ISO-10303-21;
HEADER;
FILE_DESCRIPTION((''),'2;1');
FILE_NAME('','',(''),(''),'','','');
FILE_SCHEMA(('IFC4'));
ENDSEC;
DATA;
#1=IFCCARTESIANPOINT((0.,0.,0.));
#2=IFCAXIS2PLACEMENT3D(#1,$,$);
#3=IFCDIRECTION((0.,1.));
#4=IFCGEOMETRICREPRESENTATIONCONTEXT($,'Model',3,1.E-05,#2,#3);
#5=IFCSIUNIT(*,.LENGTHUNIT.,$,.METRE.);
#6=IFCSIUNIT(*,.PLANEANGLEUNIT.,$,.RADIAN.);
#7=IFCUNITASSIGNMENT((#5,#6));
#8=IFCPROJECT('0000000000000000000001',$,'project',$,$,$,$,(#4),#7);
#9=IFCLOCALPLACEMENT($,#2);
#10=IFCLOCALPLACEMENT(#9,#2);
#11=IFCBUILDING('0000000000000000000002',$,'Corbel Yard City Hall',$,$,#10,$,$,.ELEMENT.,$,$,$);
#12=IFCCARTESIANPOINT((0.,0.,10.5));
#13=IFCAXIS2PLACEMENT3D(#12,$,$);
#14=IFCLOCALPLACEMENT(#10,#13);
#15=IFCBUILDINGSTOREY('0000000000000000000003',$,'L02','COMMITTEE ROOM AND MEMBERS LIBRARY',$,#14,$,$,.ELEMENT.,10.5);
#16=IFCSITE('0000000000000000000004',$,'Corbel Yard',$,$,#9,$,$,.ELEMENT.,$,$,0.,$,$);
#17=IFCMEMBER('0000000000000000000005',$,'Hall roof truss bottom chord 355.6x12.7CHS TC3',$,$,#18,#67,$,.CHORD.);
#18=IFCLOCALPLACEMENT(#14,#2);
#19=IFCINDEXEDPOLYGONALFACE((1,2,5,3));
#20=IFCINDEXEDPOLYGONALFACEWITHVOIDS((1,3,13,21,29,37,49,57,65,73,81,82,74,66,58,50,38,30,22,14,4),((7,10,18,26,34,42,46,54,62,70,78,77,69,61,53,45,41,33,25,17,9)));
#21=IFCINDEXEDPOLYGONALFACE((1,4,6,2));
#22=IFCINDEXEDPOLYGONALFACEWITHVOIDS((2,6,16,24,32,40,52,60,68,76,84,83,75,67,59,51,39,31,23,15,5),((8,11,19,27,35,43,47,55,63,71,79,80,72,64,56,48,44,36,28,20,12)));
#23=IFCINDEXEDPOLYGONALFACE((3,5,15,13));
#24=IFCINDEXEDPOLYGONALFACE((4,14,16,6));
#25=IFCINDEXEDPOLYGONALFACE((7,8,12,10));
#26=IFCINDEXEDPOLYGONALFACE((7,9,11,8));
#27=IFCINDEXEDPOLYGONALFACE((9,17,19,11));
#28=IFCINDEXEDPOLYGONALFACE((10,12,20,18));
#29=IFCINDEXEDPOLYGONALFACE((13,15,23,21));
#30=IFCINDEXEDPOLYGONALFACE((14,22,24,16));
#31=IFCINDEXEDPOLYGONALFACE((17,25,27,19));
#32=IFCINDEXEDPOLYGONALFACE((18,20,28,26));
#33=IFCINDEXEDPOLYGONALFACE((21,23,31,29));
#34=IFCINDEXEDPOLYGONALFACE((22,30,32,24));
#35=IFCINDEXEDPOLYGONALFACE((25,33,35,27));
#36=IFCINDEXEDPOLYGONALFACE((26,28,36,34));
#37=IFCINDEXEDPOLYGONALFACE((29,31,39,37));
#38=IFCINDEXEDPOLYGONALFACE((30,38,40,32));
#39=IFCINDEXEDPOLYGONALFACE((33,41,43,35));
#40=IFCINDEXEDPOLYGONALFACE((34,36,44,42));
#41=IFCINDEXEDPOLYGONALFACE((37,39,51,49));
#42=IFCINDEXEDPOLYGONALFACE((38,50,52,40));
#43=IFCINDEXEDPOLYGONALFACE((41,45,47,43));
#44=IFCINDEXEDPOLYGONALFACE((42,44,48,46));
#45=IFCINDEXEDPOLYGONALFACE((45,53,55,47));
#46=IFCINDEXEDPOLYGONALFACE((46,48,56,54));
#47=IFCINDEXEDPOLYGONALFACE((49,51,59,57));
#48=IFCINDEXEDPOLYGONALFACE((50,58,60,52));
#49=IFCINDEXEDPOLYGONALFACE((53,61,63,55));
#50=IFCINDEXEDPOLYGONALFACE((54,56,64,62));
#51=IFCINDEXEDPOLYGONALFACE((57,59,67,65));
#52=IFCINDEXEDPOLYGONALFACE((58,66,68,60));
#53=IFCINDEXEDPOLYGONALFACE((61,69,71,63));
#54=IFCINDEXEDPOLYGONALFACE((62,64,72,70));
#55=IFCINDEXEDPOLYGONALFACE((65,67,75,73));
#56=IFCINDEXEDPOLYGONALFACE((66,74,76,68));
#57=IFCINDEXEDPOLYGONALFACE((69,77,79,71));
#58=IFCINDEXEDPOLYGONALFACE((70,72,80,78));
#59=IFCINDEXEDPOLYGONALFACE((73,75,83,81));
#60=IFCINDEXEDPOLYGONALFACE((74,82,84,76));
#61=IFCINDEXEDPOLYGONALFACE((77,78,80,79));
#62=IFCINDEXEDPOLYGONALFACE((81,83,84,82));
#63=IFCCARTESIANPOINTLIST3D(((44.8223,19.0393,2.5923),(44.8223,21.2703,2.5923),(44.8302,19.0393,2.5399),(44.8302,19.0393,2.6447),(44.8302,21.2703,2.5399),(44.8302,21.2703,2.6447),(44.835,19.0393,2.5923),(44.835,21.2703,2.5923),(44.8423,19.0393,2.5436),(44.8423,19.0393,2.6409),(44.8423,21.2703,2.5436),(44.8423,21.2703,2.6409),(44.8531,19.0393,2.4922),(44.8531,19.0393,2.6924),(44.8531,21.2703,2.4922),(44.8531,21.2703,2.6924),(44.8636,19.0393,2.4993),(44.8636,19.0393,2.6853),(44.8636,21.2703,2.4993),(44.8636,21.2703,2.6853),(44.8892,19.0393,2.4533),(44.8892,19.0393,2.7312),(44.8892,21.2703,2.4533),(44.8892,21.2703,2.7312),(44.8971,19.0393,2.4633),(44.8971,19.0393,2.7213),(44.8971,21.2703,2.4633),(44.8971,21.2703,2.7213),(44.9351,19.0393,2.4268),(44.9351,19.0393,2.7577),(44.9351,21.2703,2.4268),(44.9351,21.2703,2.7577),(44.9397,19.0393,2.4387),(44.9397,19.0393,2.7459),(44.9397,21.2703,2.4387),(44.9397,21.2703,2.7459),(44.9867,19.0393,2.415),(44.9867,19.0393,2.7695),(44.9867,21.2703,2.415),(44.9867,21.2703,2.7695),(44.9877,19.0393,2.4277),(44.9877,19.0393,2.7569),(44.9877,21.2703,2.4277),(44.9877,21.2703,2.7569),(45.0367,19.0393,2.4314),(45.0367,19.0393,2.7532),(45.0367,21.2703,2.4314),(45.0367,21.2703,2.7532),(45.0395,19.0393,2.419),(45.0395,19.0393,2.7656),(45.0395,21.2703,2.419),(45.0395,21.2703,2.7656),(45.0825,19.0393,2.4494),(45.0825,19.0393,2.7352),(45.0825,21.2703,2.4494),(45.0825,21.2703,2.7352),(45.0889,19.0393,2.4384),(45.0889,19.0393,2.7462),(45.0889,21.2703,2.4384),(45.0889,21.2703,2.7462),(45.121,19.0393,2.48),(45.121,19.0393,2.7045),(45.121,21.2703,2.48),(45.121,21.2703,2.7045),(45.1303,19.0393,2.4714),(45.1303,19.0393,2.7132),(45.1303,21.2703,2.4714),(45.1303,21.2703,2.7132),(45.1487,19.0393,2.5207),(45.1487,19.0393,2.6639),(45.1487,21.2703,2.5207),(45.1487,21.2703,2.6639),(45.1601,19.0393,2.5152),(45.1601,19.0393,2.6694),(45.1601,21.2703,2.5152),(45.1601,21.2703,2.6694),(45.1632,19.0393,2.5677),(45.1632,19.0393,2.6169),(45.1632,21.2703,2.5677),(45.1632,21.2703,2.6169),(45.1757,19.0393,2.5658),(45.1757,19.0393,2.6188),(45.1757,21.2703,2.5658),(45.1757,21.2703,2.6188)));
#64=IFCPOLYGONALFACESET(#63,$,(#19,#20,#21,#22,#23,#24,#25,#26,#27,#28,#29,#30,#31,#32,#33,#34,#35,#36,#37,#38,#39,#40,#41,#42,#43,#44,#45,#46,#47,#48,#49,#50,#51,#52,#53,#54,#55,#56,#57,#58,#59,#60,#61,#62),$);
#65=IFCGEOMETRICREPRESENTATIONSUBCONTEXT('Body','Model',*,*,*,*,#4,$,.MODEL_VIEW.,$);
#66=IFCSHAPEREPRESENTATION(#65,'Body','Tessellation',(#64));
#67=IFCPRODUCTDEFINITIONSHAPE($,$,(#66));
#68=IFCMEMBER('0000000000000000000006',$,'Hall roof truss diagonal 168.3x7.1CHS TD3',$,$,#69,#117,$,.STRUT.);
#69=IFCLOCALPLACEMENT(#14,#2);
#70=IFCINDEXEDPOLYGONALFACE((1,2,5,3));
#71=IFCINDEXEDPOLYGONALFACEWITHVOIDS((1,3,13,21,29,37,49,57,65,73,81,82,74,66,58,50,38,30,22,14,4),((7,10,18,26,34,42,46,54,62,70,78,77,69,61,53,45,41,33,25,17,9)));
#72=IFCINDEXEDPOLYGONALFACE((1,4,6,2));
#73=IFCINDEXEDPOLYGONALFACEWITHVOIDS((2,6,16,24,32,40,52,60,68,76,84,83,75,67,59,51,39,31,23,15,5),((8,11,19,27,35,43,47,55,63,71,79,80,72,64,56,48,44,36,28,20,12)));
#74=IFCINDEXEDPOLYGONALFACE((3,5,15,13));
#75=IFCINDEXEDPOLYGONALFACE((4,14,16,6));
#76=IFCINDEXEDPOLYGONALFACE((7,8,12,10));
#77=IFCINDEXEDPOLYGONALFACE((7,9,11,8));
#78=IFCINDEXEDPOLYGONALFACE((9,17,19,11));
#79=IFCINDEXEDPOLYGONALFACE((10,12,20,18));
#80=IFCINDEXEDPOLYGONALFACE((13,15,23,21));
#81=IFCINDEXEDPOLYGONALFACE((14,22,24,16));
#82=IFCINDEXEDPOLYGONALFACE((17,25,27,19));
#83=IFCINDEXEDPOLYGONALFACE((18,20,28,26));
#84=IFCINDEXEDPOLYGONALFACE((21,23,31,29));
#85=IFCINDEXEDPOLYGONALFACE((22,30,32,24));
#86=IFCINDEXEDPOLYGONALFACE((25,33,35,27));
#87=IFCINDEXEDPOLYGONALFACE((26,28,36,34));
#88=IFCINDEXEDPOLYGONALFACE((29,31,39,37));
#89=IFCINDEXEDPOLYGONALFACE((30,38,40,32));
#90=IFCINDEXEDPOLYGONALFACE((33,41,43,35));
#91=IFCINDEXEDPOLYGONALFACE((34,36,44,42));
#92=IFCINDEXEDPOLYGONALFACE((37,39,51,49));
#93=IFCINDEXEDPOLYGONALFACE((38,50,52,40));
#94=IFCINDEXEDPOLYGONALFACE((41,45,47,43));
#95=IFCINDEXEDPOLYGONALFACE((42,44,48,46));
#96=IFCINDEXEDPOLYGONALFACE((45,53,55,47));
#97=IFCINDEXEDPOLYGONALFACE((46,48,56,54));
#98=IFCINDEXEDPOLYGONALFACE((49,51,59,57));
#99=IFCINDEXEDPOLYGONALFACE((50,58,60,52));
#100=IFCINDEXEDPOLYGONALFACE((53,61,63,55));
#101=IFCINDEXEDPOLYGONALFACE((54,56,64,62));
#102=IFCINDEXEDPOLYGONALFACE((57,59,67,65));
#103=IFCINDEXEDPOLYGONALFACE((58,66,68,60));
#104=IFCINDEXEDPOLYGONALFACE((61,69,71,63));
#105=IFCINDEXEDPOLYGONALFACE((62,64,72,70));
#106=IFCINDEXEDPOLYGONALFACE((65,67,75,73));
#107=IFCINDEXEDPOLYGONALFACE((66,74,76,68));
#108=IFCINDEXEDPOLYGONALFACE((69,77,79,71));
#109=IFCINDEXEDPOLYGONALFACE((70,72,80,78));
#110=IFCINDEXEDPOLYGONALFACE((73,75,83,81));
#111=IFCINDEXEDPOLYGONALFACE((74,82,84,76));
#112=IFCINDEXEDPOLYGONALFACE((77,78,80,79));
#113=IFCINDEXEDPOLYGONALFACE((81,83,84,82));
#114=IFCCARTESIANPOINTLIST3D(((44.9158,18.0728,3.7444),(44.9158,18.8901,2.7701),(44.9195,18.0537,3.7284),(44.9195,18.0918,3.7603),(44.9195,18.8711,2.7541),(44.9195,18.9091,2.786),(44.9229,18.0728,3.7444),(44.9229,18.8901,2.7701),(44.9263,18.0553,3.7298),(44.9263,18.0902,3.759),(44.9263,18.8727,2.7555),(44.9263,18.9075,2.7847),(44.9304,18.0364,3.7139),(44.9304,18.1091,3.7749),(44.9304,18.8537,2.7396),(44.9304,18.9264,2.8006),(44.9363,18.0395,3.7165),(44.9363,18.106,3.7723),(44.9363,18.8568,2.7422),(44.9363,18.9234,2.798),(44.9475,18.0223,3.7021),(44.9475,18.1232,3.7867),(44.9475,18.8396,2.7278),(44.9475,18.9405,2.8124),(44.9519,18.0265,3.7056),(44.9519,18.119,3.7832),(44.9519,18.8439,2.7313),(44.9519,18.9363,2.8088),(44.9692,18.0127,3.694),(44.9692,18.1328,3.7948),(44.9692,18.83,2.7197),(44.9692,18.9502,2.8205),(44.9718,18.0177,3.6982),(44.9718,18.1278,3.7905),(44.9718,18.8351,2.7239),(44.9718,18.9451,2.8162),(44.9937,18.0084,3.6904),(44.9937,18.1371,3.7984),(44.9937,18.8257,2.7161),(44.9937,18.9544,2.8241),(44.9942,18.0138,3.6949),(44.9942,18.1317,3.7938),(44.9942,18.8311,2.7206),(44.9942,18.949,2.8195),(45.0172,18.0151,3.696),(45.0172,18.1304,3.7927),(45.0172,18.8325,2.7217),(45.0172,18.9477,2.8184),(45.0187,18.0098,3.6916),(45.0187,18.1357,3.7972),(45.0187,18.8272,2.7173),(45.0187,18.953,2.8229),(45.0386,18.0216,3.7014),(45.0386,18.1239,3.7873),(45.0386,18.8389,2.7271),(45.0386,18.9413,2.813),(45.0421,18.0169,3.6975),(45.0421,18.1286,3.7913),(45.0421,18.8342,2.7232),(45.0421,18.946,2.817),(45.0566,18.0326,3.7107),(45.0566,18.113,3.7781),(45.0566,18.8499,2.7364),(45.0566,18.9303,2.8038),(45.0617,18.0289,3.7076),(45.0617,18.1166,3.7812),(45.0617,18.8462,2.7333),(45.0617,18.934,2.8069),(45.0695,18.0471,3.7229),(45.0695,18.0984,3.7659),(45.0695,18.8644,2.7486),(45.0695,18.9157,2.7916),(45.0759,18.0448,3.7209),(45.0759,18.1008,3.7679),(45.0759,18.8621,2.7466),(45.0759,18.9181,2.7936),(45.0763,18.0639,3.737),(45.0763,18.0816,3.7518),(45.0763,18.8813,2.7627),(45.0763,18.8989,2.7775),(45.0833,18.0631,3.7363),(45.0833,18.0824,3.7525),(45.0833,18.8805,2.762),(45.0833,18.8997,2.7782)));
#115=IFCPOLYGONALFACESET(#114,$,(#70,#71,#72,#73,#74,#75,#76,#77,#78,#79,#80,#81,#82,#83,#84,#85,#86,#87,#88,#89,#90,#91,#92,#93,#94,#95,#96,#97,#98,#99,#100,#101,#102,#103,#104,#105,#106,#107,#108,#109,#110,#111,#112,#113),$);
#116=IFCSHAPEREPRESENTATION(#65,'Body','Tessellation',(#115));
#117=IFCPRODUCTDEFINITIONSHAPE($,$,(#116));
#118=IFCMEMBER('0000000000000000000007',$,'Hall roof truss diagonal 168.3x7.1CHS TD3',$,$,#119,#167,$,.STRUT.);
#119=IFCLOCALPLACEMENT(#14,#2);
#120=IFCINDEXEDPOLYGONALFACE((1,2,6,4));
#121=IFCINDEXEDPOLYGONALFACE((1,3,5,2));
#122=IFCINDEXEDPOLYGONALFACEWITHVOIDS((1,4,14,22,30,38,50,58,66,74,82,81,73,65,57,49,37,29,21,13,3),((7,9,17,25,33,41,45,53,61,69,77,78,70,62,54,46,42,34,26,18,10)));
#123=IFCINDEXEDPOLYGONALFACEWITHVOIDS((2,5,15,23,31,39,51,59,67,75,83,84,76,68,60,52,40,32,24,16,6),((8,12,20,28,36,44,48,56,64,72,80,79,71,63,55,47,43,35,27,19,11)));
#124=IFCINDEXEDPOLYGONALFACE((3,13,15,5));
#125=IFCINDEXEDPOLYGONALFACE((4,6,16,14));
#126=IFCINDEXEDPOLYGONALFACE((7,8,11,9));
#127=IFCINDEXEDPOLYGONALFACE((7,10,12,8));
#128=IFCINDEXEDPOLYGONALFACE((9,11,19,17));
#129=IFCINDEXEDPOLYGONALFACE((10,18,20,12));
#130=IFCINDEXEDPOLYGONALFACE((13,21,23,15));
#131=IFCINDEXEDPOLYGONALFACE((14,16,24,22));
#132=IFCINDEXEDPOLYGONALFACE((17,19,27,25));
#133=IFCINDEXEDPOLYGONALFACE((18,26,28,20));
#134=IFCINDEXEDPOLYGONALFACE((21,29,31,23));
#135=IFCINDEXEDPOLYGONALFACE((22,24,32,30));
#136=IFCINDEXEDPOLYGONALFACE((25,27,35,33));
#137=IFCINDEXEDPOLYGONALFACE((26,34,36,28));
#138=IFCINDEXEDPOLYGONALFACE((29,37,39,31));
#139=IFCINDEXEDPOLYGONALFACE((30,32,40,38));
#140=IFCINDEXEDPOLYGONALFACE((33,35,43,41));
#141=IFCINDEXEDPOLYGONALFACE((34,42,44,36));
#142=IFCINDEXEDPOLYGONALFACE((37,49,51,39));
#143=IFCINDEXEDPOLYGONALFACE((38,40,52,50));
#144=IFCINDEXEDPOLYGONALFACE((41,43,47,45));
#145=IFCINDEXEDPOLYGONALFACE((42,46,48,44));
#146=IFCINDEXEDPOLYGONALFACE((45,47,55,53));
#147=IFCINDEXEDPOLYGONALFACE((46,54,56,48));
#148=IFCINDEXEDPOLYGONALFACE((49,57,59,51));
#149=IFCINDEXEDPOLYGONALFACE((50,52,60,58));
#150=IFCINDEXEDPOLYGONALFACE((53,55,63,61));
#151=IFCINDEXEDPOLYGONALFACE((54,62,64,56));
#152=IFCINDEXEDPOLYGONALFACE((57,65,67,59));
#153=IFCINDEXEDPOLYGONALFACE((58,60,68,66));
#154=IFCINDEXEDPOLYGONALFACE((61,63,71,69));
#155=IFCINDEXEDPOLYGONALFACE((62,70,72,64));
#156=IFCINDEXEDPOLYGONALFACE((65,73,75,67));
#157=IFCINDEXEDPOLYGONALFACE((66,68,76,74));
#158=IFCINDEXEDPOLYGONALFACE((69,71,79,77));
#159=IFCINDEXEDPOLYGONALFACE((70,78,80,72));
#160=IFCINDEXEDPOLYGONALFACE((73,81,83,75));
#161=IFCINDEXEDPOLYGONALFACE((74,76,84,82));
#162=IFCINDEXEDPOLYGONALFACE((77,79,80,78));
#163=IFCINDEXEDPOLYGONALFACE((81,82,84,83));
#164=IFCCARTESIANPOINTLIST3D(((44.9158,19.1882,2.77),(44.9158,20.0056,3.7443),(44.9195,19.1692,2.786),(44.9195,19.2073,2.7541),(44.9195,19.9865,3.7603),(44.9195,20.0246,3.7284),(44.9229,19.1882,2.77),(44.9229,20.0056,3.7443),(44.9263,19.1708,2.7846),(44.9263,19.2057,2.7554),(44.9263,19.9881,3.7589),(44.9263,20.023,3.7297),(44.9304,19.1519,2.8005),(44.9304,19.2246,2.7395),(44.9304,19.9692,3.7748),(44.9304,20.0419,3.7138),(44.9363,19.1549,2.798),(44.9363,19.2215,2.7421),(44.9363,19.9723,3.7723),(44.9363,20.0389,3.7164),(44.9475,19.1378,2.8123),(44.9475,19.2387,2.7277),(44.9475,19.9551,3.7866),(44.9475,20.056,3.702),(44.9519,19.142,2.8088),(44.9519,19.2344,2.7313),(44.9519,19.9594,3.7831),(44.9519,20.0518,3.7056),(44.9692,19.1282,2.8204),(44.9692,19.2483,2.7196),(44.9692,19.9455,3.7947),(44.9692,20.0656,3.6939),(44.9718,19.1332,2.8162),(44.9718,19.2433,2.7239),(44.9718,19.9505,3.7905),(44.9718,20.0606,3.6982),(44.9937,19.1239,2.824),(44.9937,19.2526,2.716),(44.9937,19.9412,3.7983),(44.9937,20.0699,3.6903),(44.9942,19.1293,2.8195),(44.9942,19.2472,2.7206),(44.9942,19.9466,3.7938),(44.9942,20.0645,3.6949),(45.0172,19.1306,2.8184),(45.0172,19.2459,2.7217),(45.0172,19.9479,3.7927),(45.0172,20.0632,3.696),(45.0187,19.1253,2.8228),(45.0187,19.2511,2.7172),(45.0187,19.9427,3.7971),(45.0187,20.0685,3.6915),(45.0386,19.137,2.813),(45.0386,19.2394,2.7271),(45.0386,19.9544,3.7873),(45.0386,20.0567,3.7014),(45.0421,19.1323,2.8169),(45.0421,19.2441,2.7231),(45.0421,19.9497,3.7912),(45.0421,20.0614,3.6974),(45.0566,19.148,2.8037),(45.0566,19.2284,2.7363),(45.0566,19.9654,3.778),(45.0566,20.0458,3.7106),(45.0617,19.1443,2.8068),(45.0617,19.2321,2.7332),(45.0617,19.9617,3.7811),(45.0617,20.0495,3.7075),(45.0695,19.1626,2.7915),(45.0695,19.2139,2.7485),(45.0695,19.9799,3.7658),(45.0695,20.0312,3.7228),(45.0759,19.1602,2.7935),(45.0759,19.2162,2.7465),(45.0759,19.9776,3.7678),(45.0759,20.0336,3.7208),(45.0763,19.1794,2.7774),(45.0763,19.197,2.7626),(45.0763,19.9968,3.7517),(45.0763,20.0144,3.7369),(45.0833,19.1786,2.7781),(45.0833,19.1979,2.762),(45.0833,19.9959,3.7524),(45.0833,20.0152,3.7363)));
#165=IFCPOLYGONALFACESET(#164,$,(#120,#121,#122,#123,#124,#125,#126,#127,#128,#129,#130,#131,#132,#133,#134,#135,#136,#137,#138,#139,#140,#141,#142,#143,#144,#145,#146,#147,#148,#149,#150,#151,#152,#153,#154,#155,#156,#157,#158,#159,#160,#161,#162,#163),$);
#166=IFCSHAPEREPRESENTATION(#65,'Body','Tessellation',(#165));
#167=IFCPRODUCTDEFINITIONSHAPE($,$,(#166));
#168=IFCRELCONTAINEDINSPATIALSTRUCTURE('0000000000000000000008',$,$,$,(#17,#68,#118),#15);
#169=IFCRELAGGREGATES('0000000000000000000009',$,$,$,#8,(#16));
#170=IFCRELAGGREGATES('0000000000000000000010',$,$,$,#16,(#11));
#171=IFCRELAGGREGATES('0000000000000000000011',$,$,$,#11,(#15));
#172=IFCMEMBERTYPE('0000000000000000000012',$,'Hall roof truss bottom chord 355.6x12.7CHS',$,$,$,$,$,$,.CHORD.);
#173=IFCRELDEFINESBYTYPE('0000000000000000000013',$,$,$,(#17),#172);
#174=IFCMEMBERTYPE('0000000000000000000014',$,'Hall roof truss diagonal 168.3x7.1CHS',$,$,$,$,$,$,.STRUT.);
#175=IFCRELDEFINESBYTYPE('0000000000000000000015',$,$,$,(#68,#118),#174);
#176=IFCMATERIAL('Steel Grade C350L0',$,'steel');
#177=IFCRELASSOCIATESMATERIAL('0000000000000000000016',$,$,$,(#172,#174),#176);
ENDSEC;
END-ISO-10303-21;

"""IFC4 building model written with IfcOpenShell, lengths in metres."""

from ifc_helpers import new_model, si_unit, direction, frame, origin, origin_2d, place, context, subcontext, project, spatial, hollow_circle, extrude, material, material_profile, profile_set, type_object, element, save


model = new_model("IFC4")

# Units and contexts
model_context = context("Model", 3, precision=1e-05, world=origin(), true_north=direction((0.0, 1.0)))
body_context = subcontext(model_context, "Body", "Model", "MODEL_VIEW")
ifc_project = project(units=[si_unit("LENGTHUNIT", "METRE"), si_unit("PLANEANGLEUNIT", "RADIAN")], contexts=[model_context])

# Site, building, storey
site_placement = place(None, origin())
site = spatial("IfcSite", under=ifc_project, at=site_placement, Name="Corbel Yard", CompositionType="ELEMENT", RefElevation=0.0)
building_placement = place(site_placement, origin())
building = spatial("IfcBuilding", under=site, at=building_placement, Name="Corbel Yard City Hall", CompositionType="ELEMENT")
storey_placement = place(building_placement, frame((0.0, 0.0, 10.5)))
storey = spatial("IfcBuildingStorey", under=building, at=storey_placement, Name="L02", Description="COMMITTEE ROOM AND MEMBERS LIBRARY", CompositionType="ELEMENT", Elevation=10.5)

# Members
ifc_material_1 = material(Name="Steel Grade C350L0", Category="steel")
ifc_material_profile_1 = material_profile(ifc_material_1, hollow_circle(Radius=0.1777, WallThickness=0.0127, at=origin_2d()), Name="355.6x12.7CHS")
ifc_profile_set_1 = profile_set([ifc_material_profile_1], Name="Steel Grade C350L0")
member_type_1 = type_object("IfcMemberType", Name="Hall roof truss bottom chord 355.6x12.7CHS", PredefinedType="CHORD", material=ifc_profile_set_1)
member_1_placement = place(storey_placement, frame((45.0, 19.0393, 2.5923), z_axis=(0.0, 1.0, 0.0), x_axis=(-1.0, 0.0, 0.0)))
element("IfcMember", 1, at=member_1_placement, inside=storey, type_object=member_type_1, Name="Hall roof truss bottom chord 355.6x12.7CHS TC3", PredefinedType="CHORD", context=body_context, shape_type="SweptSolid", body=[
    extrude(hollow_circle(Radius=0.1777, WallThickness=0.0127, at=origin_2d()), origin(), (0.0, 0.0, 1.0), 2.231),
])
ifc_material_profile_2 = material_profile(ifc_material_1, hollow_circle(Radius=0.0842, WallThickness=0.0071, at=origin_2d()), Name="168.3x7.1CHS")
ifc_profile_set_2 = profile_set([ifc_material_profile_2], Name="Steel Grade C350L0")
member_type_2 = type_object("IfcMemberType", Name="Hall roof truss diagonal 168.3x7.1CHS", PredefinedType="STRUT", material=ifc_profile_set_2)
for number, where, z_axis, x_axis, name in (
    (2, (45.0, 18.0728, 3.7444), (0.0, 0.642692, -0.766124), (-1.0, 0.0, 0.0), "Hall roof truss diagonal 168.3x7.1CHS TD3"),
    (3, (45.0, 19.1882, 2.77), (0.0, 0.642692, 0.766124), (-1.0, 0.0, 0.0), "Hall roof truss diagonal 168.3x7.1CHS TD3"),
):
    element("IfcMember", number, at=place(storey_placement, frame(where, z_axis=z_axis, x_axis=x_axis)), inside=storey, type_object=member_type_2, Name=name, PredefinedType="STRUT", context=body_context, shape_type="SweptSolid", body=[
        extrude(hollow_circle(Radius=0.0842, WallThickness=0.0071, at=origin_2d()), origin(), (0.0, 0.0, 1.0), 1.2717),
    ])

save(model, "model.ifc")
